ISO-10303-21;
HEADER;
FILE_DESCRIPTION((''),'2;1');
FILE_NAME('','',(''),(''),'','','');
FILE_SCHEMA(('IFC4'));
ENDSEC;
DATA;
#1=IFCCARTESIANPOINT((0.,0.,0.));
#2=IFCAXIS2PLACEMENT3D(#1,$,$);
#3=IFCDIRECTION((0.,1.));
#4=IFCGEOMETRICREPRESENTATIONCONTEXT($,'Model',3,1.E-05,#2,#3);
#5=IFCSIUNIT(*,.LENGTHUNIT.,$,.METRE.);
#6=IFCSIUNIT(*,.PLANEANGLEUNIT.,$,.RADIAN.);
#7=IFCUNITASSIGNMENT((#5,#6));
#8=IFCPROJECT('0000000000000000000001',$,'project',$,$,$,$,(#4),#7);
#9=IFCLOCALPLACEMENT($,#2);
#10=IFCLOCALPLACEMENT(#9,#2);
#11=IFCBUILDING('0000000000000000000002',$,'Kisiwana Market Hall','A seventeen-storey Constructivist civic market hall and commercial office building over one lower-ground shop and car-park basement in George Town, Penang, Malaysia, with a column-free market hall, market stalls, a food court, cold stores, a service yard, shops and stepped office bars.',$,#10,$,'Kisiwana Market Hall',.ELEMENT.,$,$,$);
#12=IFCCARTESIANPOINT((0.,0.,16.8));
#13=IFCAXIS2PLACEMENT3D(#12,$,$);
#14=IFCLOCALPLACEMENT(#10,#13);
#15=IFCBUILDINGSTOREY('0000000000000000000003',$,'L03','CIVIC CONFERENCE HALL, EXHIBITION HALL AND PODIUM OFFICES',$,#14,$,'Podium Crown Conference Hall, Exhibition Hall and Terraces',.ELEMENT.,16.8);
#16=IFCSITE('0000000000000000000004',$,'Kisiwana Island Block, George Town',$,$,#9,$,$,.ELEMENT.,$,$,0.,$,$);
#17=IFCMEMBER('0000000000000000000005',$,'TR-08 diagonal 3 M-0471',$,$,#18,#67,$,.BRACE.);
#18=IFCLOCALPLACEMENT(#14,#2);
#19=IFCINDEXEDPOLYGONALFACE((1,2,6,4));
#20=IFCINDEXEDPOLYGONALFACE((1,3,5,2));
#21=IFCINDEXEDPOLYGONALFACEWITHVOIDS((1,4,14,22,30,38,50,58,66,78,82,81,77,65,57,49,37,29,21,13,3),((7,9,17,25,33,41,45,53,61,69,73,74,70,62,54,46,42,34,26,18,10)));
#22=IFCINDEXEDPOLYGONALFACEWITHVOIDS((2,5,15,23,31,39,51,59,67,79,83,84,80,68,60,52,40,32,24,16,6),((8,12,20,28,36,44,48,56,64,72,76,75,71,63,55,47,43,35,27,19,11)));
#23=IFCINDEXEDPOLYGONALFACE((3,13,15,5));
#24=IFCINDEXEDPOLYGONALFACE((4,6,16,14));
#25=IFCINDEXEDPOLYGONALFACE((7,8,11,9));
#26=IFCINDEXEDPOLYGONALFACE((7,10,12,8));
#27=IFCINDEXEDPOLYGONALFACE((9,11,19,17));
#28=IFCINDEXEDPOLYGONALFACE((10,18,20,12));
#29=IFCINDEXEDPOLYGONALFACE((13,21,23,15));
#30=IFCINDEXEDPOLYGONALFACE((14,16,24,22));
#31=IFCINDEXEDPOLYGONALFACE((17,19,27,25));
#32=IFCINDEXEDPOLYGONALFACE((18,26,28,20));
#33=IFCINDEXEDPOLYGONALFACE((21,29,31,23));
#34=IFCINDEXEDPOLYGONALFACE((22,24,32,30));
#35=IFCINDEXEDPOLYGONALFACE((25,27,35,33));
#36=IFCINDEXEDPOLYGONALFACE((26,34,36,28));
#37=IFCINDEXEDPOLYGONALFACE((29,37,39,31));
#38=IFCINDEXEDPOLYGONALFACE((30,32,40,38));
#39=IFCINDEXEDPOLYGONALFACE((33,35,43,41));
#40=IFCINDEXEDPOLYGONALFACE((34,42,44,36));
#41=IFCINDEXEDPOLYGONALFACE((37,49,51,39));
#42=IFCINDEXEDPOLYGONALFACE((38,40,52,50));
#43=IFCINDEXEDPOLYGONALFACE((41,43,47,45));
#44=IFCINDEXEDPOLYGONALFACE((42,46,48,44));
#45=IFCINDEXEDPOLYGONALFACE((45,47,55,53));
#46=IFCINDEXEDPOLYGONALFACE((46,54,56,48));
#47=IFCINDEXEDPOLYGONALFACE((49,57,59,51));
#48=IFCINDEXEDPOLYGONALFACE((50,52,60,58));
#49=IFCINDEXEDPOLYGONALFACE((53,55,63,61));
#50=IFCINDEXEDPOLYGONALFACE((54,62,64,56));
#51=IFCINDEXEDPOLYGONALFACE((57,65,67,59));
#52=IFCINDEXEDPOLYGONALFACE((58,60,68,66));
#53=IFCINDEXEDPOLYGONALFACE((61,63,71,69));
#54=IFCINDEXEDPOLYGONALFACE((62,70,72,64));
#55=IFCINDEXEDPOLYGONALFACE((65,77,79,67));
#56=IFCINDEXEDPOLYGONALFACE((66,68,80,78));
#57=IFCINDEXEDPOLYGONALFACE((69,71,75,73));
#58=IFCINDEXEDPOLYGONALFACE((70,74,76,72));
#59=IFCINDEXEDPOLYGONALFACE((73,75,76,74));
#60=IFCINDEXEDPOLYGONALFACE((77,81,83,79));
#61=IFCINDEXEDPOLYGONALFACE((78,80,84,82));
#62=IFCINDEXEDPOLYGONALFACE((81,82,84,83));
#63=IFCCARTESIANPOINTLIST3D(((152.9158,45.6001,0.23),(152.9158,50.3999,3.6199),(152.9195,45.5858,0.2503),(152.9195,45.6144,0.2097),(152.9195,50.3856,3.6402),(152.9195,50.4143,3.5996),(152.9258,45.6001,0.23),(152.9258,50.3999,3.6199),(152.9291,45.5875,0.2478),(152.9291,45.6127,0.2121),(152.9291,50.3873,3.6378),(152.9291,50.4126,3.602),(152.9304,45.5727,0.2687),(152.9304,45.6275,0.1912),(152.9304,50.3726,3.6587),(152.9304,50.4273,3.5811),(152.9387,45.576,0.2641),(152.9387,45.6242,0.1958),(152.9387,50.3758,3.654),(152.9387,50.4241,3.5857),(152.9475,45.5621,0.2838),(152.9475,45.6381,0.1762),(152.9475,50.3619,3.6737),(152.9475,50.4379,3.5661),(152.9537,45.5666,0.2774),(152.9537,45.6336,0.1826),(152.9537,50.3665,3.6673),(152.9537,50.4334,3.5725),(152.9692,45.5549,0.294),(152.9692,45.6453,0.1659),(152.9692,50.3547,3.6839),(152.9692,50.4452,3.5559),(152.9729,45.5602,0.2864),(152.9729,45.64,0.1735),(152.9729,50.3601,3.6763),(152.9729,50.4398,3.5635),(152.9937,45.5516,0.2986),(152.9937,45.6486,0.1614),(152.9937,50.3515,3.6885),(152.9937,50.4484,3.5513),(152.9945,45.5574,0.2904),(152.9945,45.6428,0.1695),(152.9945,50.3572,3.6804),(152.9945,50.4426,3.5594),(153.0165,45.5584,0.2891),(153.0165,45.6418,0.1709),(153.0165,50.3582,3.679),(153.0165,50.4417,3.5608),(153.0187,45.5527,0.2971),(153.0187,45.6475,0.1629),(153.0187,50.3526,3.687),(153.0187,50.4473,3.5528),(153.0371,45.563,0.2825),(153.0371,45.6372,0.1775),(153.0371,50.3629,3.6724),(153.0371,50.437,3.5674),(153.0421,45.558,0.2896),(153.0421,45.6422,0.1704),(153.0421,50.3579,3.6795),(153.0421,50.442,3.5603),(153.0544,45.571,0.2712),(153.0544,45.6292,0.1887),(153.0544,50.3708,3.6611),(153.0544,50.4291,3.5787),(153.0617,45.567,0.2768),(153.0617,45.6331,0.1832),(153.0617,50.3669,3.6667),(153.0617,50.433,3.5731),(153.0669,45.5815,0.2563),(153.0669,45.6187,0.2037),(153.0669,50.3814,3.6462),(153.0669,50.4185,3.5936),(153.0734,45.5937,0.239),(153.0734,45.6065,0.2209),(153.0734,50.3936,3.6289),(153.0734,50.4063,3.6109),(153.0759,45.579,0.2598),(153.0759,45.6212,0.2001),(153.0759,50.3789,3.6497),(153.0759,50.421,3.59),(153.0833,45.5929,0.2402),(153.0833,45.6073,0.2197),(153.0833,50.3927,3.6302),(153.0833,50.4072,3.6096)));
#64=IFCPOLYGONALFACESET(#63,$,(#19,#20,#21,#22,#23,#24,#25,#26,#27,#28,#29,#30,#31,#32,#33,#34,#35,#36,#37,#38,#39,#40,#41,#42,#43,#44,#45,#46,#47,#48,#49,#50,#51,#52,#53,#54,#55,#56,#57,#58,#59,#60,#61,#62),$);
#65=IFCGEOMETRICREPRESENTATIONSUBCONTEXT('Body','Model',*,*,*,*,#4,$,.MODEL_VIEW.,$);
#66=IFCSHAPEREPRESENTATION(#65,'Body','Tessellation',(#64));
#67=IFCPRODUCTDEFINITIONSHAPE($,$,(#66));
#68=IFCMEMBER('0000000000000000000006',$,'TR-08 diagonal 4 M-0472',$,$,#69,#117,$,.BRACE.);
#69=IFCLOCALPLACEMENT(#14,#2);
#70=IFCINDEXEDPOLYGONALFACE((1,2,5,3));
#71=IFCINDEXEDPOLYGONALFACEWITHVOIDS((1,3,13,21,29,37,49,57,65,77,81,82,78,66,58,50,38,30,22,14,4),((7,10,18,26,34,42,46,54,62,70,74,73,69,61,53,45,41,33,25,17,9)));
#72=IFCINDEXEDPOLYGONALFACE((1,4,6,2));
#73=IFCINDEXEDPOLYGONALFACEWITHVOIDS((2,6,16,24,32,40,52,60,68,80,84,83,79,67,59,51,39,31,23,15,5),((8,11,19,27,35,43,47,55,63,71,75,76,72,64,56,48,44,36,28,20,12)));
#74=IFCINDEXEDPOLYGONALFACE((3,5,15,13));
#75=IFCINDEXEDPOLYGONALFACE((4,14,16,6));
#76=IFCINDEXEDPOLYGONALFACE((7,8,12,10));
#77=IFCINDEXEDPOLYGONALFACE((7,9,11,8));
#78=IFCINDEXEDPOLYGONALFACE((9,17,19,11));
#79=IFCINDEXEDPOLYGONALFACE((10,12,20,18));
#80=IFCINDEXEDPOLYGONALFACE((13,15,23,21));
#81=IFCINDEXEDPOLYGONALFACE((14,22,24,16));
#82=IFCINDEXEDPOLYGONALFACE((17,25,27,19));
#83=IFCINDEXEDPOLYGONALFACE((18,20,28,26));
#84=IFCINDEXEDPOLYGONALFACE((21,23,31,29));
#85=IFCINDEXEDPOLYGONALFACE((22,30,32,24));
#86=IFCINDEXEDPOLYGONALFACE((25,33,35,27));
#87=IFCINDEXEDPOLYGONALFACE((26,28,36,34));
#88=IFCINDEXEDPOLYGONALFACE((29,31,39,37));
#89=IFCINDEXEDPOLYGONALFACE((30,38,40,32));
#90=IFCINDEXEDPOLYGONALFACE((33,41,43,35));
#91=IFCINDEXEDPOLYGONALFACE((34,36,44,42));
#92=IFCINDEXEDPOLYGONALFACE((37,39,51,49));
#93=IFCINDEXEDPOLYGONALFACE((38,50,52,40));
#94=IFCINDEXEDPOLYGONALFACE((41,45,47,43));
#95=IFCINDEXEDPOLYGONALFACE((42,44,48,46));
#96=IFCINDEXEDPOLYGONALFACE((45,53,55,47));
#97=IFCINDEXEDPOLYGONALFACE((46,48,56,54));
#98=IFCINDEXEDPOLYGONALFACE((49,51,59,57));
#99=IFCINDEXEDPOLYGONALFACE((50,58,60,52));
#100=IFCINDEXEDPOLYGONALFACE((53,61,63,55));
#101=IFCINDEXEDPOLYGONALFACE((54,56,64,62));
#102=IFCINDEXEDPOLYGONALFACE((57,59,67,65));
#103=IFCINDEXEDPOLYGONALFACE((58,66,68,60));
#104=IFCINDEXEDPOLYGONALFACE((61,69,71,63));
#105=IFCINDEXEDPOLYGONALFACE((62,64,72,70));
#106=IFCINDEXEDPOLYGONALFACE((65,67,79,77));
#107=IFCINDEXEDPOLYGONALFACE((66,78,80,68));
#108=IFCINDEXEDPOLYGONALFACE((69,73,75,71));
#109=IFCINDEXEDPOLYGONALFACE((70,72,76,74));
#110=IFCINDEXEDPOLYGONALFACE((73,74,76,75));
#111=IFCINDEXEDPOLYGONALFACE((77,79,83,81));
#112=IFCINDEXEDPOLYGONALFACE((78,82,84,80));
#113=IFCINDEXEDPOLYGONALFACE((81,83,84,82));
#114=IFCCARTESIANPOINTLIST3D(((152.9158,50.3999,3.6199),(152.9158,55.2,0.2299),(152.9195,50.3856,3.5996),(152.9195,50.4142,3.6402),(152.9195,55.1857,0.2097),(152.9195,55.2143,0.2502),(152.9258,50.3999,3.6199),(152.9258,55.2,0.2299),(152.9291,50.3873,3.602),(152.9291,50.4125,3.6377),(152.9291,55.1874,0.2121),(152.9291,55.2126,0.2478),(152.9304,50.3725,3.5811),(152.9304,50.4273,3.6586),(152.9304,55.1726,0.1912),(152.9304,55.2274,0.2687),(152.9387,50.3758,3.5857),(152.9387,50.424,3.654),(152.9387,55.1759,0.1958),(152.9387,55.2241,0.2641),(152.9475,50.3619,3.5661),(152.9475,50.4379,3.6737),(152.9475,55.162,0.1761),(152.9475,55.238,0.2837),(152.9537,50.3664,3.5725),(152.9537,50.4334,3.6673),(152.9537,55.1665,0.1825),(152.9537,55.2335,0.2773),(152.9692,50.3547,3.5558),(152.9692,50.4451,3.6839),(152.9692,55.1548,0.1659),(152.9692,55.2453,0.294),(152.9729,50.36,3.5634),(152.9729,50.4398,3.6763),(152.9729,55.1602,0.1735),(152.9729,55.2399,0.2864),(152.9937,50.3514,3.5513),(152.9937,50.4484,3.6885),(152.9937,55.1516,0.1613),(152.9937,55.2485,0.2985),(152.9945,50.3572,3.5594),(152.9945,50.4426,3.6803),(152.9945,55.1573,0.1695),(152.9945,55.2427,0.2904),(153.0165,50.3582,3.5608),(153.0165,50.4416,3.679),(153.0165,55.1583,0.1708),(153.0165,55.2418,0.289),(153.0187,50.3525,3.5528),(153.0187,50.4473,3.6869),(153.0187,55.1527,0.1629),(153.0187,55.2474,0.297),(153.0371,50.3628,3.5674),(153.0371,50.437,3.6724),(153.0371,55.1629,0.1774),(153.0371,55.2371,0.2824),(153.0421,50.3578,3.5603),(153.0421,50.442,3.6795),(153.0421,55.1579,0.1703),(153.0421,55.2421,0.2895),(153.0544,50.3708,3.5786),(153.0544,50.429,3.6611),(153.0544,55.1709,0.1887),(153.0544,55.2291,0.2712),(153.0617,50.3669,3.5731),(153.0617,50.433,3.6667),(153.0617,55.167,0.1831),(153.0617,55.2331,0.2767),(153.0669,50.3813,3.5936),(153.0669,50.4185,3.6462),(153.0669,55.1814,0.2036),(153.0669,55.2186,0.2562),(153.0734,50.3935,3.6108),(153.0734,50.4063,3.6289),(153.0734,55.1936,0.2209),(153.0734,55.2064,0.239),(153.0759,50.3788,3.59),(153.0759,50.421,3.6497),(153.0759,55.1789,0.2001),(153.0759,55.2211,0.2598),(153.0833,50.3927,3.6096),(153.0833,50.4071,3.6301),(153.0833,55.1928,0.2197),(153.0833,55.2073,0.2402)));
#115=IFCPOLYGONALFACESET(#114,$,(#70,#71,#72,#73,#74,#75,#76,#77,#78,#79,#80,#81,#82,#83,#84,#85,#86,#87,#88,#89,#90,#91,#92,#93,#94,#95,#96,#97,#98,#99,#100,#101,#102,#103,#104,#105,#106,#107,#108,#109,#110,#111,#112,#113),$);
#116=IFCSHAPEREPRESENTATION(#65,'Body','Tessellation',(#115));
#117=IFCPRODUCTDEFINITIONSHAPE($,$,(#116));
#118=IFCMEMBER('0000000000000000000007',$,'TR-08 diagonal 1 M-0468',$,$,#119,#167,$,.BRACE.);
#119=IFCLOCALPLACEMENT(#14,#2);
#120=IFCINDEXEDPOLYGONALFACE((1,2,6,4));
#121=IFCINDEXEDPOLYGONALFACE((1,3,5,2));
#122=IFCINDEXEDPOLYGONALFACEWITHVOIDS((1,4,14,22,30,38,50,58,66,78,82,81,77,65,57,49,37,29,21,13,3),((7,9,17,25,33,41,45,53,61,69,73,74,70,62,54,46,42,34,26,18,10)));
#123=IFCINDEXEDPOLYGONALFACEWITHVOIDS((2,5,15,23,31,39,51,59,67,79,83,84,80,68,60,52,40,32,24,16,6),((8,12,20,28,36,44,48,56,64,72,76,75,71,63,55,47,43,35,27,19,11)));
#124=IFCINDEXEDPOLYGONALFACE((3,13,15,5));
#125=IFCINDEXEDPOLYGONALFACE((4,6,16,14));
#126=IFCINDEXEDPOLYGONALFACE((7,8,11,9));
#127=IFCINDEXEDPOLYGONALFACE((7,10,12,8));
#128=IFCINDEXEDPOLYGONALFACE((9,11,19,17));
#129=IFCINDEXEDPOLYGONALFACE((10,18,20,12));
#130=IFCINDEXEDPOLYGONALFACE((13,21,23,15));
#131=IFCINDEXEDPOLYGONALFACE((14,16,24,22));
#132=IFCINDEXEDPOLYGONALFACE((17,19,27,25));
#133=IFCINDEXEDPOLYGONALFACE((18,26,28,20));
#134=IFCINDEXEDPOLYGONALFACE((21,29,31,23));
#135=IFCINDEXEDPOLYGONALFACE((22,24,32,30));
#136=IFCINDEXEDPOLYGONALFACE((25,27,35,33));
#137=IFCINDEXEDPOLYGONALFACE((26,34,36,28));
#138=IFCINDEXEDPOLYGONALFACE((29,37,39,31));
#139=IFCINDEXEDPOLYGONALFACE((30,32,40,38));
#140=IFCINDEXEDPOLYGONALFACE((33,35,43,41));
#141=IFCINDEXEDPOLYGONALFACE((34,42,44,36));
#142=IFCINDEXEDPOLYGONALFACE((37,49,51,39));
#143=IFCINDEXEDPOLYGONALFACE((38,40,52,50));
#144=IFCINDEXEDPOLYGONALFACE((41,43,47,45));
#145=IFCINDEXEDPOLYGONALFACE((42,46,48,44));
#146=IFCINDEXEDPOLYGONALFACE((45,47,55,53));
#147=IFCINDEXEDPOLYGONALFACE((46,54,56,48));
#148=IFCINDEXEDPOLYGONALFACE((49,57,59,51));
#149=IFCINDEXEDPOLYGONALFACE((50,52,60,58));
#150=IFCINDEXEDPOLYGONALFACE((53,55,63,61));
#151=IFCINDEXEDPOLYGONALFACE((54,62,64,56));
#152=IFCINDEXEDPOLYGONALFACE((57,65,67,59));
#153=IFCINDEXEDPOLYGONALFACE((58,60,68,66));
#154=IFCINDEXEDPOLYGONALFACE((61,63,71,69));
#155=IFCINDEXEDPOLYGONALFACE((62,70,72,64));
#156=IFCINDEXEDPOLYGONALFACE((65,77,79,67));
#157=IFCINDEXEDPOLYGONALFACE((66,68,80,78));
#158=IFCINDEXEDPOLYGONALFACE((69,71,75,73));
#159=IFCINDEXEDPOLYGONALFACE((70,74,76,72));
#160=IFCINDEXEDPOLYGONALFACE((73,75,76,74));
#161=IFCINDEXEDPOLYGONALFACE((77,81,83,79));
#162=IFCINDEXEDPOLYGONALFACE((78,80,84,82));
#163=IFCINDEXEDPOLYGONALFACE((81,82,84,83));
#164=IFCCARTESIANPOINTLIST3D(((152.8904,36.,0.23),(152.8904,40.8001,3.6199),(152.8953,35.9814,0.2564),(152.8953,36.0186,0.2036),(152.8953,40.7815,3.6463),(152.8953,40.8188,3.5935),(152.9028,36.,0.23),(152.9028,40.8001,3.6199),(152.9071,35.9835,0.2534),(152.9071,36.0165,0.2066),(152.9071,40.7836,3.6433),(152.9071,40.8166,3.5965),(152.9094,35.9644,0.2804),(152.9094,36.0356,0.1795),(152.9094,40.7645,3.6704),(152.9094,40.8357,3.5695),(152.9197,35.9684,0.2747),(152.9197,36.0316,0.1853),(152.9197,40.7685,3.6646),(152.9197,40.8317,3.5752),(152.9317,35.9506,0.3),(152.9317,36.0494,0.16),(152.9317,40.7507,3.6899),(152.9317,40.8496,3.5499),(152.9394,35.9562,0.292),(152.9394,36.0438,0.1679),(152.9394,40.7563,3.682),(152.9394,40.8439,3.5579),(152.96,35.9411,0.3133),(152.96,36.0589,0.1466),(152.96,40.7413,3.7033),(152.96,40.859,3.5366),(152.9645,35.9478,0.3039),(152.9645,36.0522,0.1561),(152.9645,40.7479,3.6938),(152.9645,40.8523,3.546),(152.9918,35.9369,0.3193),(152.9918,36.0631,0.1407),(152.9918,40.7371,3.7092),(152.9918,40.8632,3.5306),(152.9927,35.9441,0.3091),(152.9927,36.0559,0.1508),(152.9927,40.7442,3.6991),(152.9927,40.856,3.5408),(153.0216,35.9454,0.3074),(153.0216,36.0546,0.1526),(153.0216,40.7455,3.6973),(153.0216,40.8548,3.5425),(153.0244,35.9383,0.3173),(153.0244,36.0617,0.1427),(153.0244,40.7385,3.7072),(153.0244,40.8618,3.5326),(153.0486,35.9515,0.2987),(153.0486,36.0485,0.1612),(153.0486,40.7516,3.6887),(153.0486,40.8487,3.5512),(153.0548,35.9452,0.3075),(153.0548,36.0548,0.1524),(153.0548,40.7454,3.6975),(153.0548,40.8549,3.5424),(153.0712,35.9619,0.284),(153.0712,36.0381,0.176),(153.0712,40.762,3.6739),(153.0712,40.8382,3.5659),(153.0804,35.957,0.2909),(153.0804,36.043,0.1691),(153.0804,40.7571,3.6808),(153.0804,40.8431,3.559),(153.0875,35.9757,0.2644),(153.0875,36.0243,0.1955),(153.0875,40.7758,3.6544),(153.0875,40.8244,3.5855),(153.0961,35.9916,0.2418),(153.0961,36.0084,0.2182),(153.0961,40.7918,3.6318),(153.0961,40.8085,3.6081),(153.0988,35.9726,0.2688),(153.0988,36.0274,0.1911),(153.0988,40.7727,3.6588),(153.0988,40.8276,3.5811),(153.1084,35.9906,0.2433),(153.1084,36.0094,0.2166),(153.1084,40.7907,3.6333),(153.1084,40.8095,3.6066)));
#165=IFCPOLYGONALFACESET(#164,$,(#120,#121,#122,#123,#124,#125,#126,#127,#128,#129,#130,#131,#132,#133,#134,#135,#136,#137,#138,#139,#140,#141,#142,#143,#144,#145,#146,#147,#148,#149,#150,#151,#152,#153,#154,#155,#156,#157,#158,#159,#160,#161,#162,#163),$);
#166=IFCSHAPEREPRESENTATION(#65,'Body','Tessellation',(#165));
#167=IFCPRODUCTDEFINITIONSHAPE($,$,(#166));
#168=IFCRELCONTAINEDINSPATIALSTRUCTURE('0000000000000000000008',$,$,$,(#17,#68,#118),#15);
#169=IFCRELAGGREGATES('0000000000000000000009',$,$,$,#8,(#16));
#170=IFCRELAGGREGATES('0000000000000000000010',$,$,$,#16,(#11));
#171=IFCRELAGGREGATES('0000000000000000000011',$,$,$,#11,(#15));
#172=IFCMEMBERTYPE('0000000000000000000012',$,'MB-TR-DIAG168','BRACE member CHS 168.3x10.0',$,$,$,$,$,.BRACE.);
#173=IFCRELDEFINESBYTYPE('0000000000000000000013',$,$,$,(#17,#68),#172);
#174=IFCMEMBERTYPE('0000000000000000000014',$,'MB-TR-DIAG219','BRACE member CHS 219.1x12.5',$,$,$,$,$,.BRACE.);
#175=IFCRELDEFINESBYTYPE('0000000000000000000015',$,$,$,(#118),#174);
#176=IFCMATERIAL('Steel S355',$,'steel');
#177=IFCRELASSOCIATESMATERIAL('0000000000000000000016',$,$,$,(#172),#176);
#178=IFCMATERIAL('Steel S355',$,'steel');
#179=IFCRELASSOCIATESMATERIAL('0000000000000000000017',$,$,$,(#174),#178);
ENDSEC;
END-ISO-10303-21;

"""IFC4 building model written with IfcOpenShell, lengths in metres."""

from ifc_helpers import new_model, si_unit, direction, frame, origin, origin_2d, place, context, subcontext, project, spatial, hollow_circle, extrude, material, material_profile, profile_set, type_object, element, save


model = new_model("IFC4")

# Units and contexts
model_context = context("Model", 3, precision=1e-05, world=origin(), true_north=direction((0.0, 1.0)))
body_context = subcontext(model_context, "Body", "Model", "MODEL_VIEW")
ifc_project = project(units=[si_unit("LENGTHUNIT", "METRE"), si_unit("PLANEANGLEUNIT", "RADIAN")], contexts=[model_context])

# Site, building, storey
site_placement = place(None, origin())
site = spatial("IfcSite", under=ifc_project, at=site_placement, Name="Kisiwana Island Block, George Town", CompositionType="ELEMENT", RefElevation=0.0)
building_placement = place(site_placement, origin())
building = spatial("IfcBuilding", under=site, at=building_placement, Name="Kisiwana Market Hall", Description="A seventeen-storey Constructivist civic market hall and commercial office building over one lower-ground shop and car-park basement in George Town, Penang, Malaysia, with a column-free market hall, market stalls, a food court, cold stores, a service yard, shops and stepped office bars.", LongName="Kisiwana Market Hall", CompositionType="ELEMENT")
storey_placement = place(building_placement, frame((0.0, 0.0, 16.8)))
storey = spatial("IfcBuildingStorey", under=building, at=storey_placement, Name="L03", Description="CIVIC CONFERENCE HALL, EXHIBITION HALL AND PODIUM OFFICES", LongName="Podium Crown Conference Hall, Exhibition Hall and Terraces", CompositionType="ELEMENT", Elevation=16.8)

# Members
ifc_material_1 = material(Name="Steel S355", Category="steel")
ifc_material_profile_1 = material_profile(ifc_material_1, hollow_circle(Radius=0.0842, WallThickness=0.01, at=origin_2d()), Name="CHS 168.3x10.0")
ifc_profile_set_1 = profile_set([ifc_material_profile_1], Name="Steel S355")
member_type_1 = type_object("IfcMemberType", Name="MB-TR-DIAG168", Description="BRACE member CHS 168.3x10.0", PredefinedType="BRACE", material=ifc_profile_set_1)
member_1_placement = place(storey_placement, frame((153.0, 45.6001, 0.23), z_axis=(0.0, 0.816824, 0.576887), x_axis=(-1.0, 0.0, 0.0)))
element("IfcMember", 1, at=member_1_placement, inside=storey, type_object=member_type_1, Name="TR-08 diagonal 3 M-0471", PredefinedType="BRACE", context=body_context, shape_type="SweptSolid", body=[
    extrude(hollow_circle(Radius=0.0842, WallThickness=0.01, at=origin_2d()), origin(), (0.0, 0.0, 1.0), 5.8762),
])
member_2_placement = place(storey_placement, frame((153.0, 50.3999, 3.6199), z_axis=(0.0, 0.816838, -0.576868), x_axis=(-1.0, 0.0, 0.0)))
element("IfcMember", 2, at=member_2_placement, inside=storey, type_object=member_type_1, Name="TR-08 diagonal 4 M-0472", PredefinedType="BRACE", context=body_context, shape_type="SweptSolid", body=[
    extrude(hollow_circle(Radius=0.0842, WallThickness=0.01, at=origin_2d()), origin(), (0.0, 0.0, 1.0), 5.8765),
])
ifc_material_2 = material(Name="Steel S355", Category="steel")
ifc_material_profile_2 = material_profile(ifc_material_2, hollow_circle(Radius=0.1096, WallThickness=0.0125, at=origin_2d()), Name="CHS 219.1x12.5")
ifc_profile_set_2 = profile_set([ifc_material_profile_2], Name="Steel S355")
member_type_2 = type_object("IfcMemberType", Name="MB-TR-DIAG219", Description="BRACE member CHS 219.1x12.5", PredefinedType="BRACE", material=ifc_profile_set_2)
for number, where, z_axis, x_axis, name in (
    (3, (153.0, 36.0, 0.23), (0.0, 0.816838, 0.576868), (-1.0, 0.0, 0.0), "TR-08 diagonal 1 M-0468"),
):
    element("IfcMember", number, at=place(storey_placement, frame(where, z_axis=z_axis, x_axis=x_axis)), inside=storey, type_object=member_type_2, Name=name, PredefinedType="BRACE", context=body_context, shape_type="SweptSolid", body=[
        extrude(hollow_circle(Radius=0.1096, WallThickness=0.0125, at=origin_2d()), origin(), (0.0, 0.0, 1.0), 5.8765),
    ])

save(model, "model.ifc")
